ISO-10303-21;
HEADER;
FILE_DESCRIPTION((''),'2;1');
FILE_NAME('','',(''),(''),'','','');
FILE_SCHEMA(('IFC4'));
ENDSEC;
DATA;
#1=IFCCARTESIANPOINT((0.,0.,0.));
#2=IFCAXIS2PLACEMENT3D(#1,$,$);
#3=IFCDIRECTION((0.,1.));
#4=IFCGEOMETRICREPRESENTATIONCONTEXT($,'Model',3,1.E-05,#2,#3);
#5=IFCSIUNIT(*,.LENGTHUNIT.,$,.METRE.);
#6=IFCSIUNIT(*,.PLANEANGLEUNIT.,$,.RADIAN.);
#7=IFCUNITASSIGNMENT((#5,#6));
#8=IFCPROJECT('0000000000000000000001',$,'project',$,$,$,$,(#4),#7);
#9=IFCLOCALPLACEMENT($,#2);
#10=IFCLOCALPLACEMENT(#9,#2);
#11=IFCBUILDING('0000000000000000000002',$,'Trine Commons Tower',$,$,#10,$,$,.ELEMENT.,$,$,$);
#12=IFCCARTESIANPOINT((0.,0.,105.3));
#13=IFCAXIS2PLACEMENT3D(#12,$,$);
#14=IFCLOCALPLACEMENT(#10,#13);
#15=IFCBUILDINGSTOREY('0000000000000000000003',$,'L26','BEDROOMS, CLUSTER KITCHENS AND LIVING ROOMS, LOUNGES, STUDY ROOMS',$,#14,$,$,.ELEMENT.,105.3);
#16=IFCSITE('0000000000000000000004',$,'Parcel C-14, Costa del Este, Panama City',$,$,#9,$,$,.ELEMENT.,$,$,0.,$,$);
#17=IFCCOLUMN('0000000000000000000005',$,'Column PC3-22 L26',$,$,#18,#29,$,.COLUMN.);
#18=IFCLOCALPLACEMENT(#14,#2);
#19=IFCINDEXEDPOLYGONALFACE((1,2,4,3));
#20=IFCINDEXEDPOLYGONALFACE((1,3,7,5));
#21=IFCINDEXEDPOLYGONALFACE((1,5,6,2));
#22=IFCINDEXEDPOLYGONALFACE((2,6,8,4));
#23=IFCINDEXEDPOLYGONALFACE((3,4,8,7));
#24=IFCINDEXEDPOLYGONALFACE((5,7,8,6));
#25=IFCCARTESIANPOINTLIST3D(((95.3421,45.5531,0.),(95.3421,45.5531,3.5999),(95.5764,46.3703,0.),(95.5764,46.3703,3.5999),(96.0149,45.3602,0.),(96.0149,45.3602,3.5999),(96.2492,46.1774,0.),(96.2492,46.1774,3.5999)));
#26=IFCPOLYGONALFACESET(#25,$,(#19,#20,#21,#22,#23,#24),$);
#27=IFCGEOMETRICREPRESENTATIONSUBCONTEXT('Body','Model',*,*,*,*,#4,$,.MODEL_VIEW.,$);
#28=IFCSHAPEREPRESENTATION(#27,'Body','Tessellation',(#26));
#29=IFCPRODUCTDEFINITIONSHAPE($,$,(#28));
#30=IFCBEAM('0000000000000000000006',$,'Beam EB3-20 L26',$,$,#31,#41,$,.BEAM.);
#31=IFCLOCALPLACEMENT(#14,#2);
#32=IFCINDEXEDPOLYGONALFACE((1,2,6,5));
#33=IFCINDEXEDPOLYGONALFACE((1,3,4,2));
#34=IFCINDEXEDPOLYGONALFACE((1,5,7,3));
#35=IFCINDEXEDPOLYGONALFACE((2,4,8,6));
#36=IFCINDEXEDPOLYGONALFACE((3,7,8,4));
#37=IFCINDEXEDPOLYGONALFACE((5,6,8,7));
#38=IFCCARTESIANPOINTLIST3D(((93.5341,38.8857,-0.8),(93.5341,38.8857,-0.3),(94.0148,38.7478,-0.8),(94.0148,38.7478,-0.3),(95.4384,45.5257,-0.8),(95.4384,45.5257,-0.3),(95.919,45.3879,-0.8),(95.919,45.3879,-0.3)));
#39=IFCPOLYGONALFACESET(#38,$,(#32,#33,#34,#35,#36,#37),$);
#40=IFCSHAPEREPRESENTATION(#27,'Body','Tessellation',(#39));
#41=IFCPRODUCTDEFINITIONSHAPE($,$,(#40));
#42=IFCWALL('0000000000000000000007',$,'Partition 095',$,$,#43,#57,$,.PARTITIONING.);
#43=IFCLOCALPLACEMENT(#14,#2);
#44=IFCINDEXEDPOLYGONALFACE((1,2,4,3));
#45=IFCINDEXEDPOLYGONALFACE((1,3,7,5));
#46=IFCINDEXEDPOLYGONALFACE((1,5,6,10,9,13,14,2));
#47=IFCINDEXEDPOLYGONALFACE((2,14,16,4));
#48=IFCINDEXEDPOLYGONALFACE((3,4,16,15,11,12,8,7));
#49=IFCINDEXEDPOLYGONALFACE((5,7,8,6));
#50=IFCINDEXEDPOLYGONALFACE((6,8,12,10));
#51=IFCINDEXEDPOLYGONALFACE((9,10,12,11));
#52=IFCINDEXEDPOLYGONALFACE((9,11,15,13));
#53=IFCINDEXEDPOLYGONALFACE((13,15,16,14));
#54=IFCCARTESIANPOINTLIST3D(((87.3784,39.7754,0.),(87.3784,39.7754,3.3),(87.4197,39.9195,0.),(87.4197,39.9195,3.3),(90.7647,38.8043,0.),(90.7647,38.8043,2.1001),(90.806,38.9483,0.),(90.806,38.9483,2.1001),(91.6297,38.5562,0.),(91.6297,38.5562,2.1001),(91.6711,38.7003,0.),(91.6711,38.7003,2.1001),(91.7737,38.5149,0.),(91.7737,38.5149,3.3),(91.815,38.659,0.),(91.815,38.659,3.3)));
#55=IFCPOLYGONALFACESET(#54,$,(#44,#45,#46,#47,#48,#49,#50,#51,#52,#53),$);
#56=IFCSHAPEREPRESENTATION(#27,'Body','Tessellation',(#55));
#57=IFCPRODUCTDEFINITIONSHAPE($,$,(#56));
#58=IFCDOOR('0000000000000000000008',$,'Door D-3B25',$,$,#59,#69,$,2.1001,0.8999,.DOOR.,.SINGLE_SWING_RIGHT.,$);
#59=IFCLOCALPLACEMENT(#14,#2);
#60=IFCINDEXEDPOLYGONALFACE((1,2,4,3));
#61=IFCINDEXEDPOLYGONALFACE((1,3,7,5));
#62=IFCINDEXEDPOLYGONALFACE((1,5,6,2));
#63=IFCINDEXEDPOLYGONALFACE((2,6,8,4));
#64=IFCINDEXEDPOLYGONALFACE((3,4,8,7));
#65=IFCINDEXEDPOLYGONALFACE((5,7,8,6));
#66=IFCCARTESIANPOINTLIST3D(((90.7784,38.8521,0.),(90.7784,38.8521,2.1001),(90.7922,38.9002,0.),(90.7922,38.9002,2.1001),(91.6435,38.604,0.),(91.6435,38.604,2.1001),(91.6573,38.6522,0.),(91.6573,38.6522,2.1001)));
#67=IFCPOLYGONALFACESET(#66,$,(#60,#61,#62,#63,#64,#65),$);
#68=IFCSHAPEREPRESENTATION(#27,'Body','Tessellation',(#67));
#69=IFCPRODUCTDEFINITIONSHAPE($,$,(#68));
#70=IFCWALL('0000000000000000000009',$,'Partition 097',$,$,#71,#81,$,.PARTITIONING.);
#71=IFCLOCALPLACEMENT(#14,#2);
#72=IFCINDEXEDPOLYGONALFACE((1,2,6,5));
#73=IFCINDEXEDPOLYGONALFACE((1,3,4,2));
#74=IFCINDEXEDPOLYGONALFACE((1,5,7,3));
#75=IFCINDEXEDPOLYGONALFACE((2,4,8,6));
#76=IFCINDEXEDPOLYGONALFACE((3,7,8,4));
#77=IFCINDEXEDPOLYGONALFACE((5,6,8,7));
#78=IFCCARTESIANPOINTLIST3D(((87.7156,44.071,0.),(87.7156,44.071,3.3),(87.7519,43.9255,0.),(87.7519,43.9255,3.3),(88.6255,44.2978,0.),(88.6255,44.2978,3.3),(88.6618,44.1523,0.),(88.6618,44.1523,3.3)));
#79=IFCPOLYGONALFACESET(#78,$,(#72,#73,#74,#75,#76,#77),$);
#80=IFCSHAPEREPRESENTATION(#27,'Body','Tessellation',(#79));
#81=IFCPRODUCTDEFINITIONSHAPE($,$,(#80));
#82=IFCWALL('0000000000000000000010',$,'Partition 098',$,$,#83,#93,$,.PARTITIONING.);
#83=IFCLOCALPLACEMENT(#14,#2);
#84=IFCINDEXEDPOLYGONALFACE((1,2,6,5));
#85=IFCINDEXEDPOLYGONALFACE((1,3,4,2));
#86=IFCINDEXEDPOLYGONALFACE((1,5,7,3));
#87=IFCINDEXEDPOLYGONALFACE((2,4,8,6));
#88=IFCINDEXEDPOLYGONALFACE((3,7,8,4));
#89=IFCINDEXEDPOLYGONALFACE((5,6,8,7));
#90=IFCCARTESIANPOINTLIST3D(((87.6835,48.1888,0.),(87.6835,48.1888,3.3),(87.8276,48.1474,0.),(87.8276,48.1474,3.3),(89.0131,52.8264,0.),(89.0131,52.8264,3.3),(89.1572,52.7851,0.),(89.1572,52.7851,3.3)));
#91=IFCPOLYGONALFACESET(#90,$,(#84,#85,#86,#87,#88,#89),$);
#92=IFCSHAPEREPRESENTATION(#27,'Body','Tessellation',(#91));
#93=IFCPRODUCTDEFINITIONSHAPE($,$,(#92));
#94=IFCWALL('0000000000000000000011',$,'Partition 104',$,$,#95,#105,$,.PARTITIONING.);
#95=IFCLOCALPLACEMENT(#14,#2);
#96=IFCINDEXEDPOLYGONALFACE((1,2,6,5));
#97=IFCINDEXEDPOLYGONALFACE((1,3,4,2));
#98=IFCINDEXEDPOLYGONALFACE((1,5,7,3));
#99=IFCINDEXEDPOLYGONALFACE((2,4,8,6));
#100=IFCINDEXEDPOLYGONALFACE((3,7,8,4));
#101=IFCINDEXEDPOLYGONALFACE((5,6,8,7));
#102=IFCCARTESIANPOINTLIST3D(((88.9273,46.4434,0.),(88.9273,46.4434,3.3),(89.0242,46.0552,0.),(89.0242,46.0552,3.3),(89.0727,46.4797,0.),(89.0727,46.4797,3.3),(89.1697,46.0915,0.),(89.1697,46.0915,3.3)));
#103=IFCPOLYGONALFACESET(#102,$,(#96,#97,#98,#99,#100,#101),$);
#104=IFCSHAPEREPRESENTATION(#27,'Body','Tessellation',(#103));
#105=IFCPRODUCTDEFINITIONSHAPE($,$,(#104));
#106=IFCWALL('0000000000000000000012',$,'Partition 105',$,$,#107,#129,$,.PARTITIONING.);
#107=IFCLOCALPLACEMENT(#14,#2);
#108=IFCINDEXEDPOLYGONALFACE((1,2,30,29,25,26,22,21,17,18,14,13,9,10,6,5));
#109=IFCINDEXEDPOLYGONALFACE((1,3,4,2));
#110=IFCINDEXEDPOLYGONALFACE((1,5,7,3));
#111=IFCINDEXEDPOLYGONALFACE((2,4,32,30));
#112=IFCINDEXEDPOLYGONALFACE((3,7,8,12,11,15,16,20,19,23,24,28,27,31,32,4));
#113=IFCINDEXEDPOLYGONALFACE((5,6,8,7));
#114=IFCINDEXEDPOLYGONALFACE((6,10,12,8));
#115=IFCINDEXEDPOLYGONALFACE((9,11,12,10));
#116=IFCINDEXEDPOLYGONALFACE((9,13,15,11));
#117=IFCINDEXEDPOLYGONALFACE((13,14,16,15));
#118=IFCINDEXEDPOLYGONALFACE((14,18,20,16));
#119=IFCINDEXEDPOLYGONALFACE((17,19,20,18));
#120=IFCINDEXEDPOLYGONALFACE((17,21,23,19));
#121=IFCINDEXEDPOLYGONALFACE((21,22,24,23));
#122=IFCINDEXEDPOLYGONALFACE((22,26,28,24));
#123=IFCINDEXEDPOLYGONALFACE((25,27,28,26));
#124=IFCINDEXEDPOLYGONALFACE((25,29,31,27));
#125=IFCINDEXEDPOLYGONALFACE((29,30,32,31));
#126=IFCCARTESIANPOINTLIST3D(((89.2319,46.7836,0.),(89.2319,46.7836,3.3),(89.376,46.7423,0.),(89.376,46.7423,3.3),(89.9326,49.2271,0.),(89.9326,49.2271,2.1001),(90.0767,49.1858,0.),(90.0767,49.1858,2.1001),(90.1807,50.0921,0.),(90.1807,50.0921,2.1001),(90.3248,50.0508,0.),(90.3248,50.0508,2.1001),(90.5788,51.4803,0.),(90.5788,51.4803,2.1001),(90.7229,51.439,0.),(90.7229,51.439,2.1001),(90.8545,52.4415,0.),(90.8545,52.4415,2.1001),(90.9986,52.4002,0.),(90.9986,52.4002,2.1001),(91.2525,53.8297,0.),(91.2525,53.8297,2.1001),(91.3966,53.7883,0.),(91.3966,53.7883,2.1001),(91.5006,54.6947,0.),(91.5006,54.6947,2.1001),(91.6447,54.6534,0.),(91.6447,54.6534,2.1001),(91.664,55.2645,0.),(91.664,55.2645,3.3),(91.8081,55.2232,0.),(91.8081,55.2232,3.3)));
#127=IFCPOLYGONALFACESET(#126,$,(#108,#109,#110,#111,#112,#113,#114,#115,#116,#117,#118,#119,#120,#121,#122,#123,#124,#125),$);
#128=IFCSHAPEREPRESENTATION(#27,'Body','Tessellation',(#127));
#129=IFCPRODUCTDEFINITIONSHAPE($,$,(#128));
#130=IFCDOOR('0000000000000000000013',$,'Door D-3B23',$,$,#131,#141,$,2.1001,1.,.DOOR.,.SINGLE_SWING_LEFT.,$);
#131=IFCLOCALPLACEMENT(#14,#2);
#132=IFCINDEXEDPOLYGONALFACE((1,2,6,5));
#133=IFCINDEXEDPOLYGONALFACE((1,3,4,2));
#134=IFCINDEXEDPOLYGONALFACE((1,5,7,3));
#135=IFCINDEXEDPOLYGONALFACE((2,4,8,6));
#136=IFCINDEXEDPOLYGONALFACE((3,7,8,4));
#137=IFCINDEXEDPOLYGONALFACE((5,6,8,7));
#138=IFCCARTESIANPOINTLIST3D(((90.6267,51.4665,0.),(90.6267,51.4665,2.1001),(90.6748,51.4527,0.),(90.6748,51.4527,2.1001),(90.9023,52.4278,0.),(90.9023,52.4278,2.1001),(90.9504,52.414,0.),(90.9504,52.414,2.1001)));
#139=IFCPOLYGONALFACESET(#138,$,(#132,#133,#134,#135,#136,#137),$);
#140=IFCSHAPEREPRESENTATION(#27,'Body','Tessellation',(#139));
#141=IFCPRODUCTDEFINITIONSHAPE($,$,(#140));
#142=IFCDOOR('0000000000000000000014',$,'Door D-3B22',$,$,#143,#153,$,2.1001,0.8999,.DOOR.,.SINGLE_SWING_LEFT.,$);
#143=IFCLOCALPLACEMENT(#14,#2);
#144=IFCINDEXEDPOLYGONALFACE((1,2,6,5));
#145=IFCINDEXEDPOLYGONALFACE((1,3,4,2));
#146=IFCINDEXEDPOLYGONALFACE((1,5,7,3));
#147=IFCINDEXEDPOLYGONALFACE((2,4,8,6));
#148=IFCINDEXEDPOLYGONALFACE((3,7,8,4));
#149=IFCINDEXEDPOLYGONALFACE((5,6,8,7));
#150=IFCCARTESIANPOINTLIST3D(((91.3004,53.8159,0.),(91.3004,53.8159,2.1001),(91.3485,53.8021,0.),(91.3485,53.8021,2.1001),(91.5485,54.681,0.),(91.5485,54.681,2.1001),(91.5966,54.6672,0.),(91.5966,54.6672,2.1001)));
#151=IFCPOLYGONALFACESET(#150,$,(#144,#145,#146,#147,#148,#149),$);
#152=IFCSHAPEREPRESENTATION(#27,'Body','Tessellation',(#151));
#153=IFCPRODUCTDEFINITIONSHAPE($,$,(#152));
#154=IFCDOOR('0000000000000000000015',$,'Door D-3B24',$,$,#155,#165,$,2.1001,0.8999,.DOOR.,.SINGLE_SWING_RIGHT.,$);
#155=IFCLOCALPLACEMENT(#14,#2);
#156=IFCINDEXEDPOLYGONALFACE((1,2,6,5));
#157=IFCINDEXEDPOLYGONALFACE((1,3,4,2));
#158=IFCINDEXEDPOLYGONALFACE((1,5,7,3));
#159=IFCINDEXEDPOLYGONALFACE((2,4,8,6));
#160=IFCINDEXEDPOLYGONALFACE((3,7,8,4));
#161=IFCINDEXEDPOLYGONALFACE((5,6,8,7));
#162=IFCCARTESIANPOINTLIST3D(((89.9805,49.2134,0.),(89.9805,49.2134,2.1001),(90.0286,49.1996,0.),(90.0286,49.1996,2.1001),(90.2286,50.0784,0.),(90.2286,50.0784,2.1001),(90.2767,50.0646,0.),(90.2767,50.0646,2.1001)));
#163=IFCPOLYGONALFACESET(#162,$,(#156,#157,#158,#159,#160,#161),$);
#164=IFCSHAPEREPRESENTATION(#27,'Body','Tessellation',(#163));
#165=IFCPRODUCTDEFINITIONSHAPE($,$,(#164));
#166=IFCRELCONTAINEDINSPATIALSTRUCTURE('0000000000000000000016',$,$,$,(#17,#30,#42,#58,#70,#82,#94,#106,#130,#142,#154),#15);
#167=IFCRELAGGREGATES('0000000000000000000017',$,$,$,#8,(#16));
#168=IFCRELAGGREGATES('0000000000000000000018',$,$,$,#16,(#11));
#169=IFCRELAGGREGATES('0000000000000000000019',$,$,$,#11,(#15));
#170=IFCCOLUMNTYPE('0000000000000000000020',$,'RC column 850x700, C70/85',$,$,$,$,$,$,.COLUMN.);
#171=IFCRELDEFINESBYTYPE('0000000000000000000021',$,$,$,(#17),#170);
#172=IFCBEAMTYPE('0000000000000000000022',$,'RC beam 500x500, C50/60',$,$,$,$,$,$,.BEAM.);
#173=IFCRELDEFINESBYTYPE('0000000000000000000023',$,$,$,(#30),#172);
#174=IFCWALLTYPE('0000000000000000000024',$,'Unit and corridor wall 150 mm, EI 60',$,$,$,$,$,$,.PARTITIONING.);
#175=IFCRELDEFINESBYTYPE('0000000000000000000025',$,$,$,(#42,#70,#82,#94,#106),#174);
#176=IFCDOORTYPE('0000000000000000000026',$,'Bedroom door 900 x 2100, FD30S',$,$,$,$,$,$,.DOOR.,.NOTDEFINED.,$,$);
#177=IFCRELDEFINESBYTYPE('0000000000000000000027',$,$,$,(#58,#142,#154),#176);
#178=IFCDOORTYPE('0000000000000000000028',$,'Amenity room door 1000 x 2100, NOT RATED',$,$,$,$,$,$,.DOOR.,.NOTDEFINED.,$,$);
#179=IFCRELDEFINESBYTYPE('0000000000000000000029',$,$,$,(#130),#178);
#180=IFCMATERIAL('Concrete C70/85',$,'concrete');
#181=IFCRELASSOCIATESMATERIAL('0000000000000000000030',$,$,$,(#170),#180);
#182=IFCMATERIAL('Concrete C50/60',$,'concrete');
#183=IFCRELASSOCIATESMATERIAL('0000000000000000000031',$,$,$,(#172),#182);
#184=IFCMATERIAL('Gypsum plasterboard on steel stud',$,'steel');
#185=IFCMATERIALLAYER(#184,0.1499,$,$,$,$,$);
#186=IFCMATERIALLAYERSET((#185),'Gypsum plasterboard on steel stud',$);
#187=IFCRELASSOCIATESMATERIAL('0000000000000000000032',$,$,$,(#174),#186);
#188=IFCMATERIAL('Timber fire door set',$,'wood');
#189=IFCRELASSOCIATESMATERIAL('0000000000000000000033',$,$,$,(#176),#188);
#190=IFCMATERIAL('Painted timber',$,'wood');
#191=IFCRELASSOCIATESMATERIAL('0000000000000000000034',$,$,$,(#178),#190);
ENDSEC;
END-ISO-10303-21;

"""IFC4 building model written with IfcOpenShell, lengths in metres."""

from ifc_helpers import new_model, si_unit, direction, frame, frame_2d, origin, origin_2d, place, context, subcontext, project, spatial, rectangle, extrude, material, layer, layer_set, material_profile, profile_set, type_object, element, fill, save


model = new_model("IFC4")

# Units and contexts
model_context = context("Model", 3, precision=1e-05, world=origin(), true_north=direction((0.0, 1.0)))
body_context = subcontext(model_context, "Body", "Model", "MODEL_VIEW")
ifc_project = project(units=[si_unit("LENGTHUNIT", "METRE"), si_unit("PLANEANGLEUNIT", "RADIAN")], contexts=[model_context])

# Site, building, storey
site_placement = place(None, origin())
site = spatial("IfcSite", under=ifc_project, at=site_placement, Name="Parcel C-14, Costa del Este, Panama City", CompositionType="ELEMENT", RefElevation=0.0)
building_placement = place(site_placement, origin())
building = spatial("IfcBuilding", under=site, at=building_placement, Name="Trine Commons Tower", CompositionType="ELEMENT")
storey_placement = place(building_placement, frame((0.0, 0.0, 105.3)))
storey = spatial("IfcBuildingStorey", under=building, at=storey_placement, Name="L26", Description="BEDROOMS, CLUSTER KITCHENS AND LIVING ROOMS, LOUNGES, STUDY ROOMS", CompositionType="ELEMENT", Elevation=105.3)

# Column
ifc_material_1 = material(Name="Concrete C70/85", Category="concrete")
ifc_material_profile_1 = material_profile(ifc_material_1, rectangle(XDim=0.8501, YDim=0.7, at=origin_2d()), Name="RC 850x700")
ifc_profile_set_1 = profile_set([ifc_material_profile_1], Name="Concrete C70/85")
column_type = type_object("IfcColumnType", Name="RC column 850x700, C70/85", PredefinedType="COLUMN", material=ifc_profile_set_1)
column_placement = place(storey_placement, frame((95.7957, 45.8652, 0.0), z_axis=(0.0, 0.0, 1.0), x_axis=(0.275637, 0.961262, 0.0)))
element("IfcColumn", 1, at=column_placement, inside=storey, type_object=column_type, Name="Column PC3-22 L26", PredefinedType="COLUMN", context=body_context, shape_type="SweptSolid", body=[
    extrude(rectangle(XDim=0.8501, YDim=0.7, at=origin_2d()), origin(), (0.0, 0.0, 1.0), 3.5999),
])

# Beam
ifc_material_2 = material(Name="Concrete C50/60", Category="concrete")
ifc_material_profile_2 = material_profile(ifc_material_2, rectangle(XDim=0.5, YDim=0.5, at=origin_2d()), Name="RC 500x500")
ifc_profile_set_2 = profile_set([ifc_material_profile_2], Name="Concrete C50/60")
beam_type = type_object("IfcBeamType", Name="RC beam 500x500, C50/60", PredefinedType="BEAM", material=ifc_profile_set_2)
beam_placement = place(storey_placement, frame((95.6787, 45.4568, -0.55), z_axis=(-0.275673, -0.961251, 0.0), x_axis=(0.961251, -0.275673, 0.0)))
element("IfcBeam", 2, at=beam_placement, inside=storey, type_object=beam_type, Name="Beam EB3-20 L26", PredefinedType="BEAM", context=body_context, shape_type="SweptSolid", body=[
    extrude(rectangle(XDim=0.5, YDim=0.5, at=origin_2d()), origin(), (0.0, 0.0, 1.0), 6.9077),
])

# Wall, opening, door
ifc_material_3 = material(Name="Gypsum plasterboard on steel stud", Category="steel")
ifc_layer_1 = layer(ifc_material_3, 0.1499)
ifc_layer_set_1 = layer_set([ifc_layer_1], Name="Gypsum plasterboard on steel stud")
wall_type_1 = type_object("IfcWallType", Name="Unit and corridor wall 150 mm, EI 60", PredefinedType="PARTITIONING", material=ifc_layer_set_1)
wall_1_placement = place(storey_placement, frame((87.3992, 39.8474, 0.0), z_axis=(0.0, 0.0, 1.0), x_axis=(0.961251, -0.275673, 0.0)))
wall_1 = element("IfcWall", 3, at=wall_1_placement, inside=storey, type_object=wall_type_1, Name="Partition 095", PredefinedType="PARTITIONING", context=body_context, shape_type="SweptSolid", body=[
    extrude(rectangle(XDim=4.5725, YDim=0.1499, at=frame_2d((2.2861, 0.0))), origin(), (0.0, 0.0, 1.0), 3.3),
])
opening_1_placement = place(wall_1_placement, frame((3.5227, 0.0, 0.0)))
opening_1 = element("IfcOpeningElement", 4, at=opening_1_placement, cuts=wall_1, PredefinedType="OPENING", context=body_context, shape_type="SweptSolid", body=[
    extrude(rectangle(XDim=0.8999, YDim=2.1001, at=frame_2d((0.45, 1.05))), frame((0.0, 0.085, 0.0), z_axis=(0.0, -1.0, 0.0), x_axis=(1.0, 0.0, 0.0)), (0.0, 0.0, 1.0), 0.1699),
])
ifc_material_4 = material(Name="Timber fire door set", Category="wood")
door_type_1 = type_object("IfcDoorType", Name="Bedroom door 900 x 2100, FD30S", OperationType="NOTDEFINED", PredefinedType="DOOR", material=ifc_material_4)
door_1_placement = place(opening_1_placement, origin())
door_1 = element("IfcDoor", 5, at=door_1_placement, inside=storey, type_object=door_type_1, Name="Door D-3B25", OperationType="SINGLE_SWING_RIGHT", OverallHeight=2.1001, OverallWidth=0.8999, PredefinedType="DOOR", context=body_context, shape_type="SweptSolid", body=[
    extrude(rectangle(XDim=0.8999, YDim=2.1001, at=frame_2d((0.45, 1.05))), frame((0.0, 0.0249, 0.0), z_axis=(0.0, -1.0, 0.0), x_axis=(1.0, 0.0, 0.0)), (0.0, 0.0, 1.0), 0.05),
])
fill(opening_1, door_1)

# Walls
wall_2_placement = place(storey_placement, frame((87.7339, 43.9983, 0.0), z_axis=(0.0, 0.0, 1.0), x_axis=(0.970311, 0.241862, 0.0)))
element("IfcWall", 6, at=wall_2_placement, inside=storey, type_object=wall_type_1, Name="Partition 097", PredefinedType="PARTITIONING", context=body_context, shape_type="SweptSolid", body=[
    extrude(rectangle(XDim=0.9377, YDim=0.1499, at=frame_2d((0.4688, 0.0))), origin(), (0.0, 0.0, 1.0), 3.3),
])
wall_3_placement = place(storey_placement, frame((87.7556, 48.1682, 0.0), z_axis=(0.0, 0.0, 1.0), x_axis=(0.27559, 0.961275, 0.0)))
element("IfcWall", 7, at=wall_3_placement, inside=storey, type_object=wall_type_1, Name="Partition 098", PredefinedType="PARTITIONING", context=body_context, shape_type="SweptSolid", body=[
    extrude(rectangle(XDim=4.8245, YDim=0.1499, at=frame_2d((2.4121, 0.0))), origin(), (0.0, 0.0, 1.0), 3.3),
])
wall_4_placement = place(storey_placement, frame((89.0, 46.4617, 0.0), z_axis=(0.0, 0.0, 1.0), x_axis=(0.242248, -0.970214, 0.0)))
element("IfcWall", 8, at=wall_4_placement, inside=storey, type_object=wall_type_1, Name="Partition 104", PredefinedType="PARTITIONING", context=body_context, shape_type="SweptSolid", body=[
    extrude(rectangle(XDim=0.4001, YDim=0.1499, at=frame_2d((0.2002, 0.0))), origin(), (0.0, 0.0, 1.0), 3.3),
])

# Wall, openings, doors
wall_5_placement = place(storey_placement, frame((89.304, 46.7629, 0.0), z_axis=(0.0, 0.0, 1.0), x_axis=(0.275664, 0.961254, 0.0)))
wall_5 = element("IfcWall", 9, at=wall_5_placement, inside=storey, type_object=wall_type_1, Name="Partition 105", PredefinedType="PARTITIONING", context=body_context, shape_type="SweptSolid", body=[
    extrude(rectangle(XDim=8.8228, YDim=0.1499, at=frame_2d((4.4114, 0.0))), origin(), (0.0, 0.0, 1.0), 3.3),
])
opening_2_placement = place(wall_5_placement, frame((7.3301, 0.0, 0.0)))
opening_2 = element("IfcOpeningElement", 10, at=opening_2_placement, cuts=wall_5, PredefinedType="OPENING", context=body_context, shape_type="SweptSolid", body=[
    extrude(rectangle(XDim=0.8999, YDim=2.1001, at=frame_2d((0.45, 1.05))), frame((0.0, 0.085, 0.0), z_axis=(0.0, -1.0, 0.0), x_axis=(1.0, 0.0, 0.0)), (0.0, 0.0, 1.0), 0.1699),
])
opening_3_placement = place(wall_5_placement, frame((4.886, 0.0, 0.0)))
opening_3 = element("IfcOpeningElement", 11, at=opening_3_placement, cuts=wall_5, PredefinedType="OPENING", context=body_context, shape_type="SweptSolid", body=[
    extrude(rectangle(XDim=1.0, YDim=2.1001, at=frame_2d((0.5, 1.05))), frame((0.0, 0.085, 0.0), z_axis=(0.0, -1.0, 0.0), x_axis=(1.0, 0.0, 0.0)), (0.0, 0.0, 1.0), 0.1699),
])
opening_4_placement = place(wall_5_placement, frame((2.542, 0.0, 0.0)))
opening_4 = element("IfcOpeningElement", 12, at=opening_4_placement, cuts=wall_5, PredefinedType="OPENING", context=body_context, shape_type="SweptSolid", body=[
    extrude(rectangle(XDim=0.8999, YDim=2.1001, at=frame_2d((0.45, 1.05))), frame((0.0, 0.085, 0.0), z_axis=(0.0, -1.0, 0.0), x_axis=(1.0, 0.0, 0.0)), (0.0, 0.0, 1.0), 0.1699),
])
ifc_material_5 = material(Name="Painted timber", Category="wood")
door_type_2 = type_object("IfcDoorType", Name="Amenity room door 1000 x 2100, NOT RATED", OperationType="NOTDEFINED", PredefinedType="DOOR", material=ifc_material_5)
door_2_placement = place(opening_3_placement, frame((1.0, 0.0, 0.0), z_axis=(0.0, 0.0, 1.0), x_axis=(-1.0, 0.0, 0.0)))
door_2 = element("IfcDoor", 13, at=door_2_placement, inside=storey, type_object=door_type_2, Name="Door D-3B23", OperationType="SINGLE_SWING_LEFT", OverallHeight=2.1001, OverallWidth=1.0, PredefinedType="DOOR", context=body_context, shape_type="SweptSolid", body=[
    extrude(rectangle(XDim=1.0, YDim=2.1001, at=frame_2d((0.5, 1.05))), frame((0.0, 0.0249, 0.0), z_axis=(0.0, -1.0, 0.0), x_axis=(1.0, 0.0, 0.0)), (0.0, 0.0, 1.0), 0.05),
])
fill(opening_3, door_2)
door_3_placement = place(opening_2_placement, frame((0.8999, 0.0, 0.0), z_axis=(0.0, 0.0, 1.0), x_axis=(-1.0, 0.0, 0.0)))
door_3 = element("IfcDoor", 14, at=door_3_placement, inside=storey, type_object=door_type_1, Name="Door D-3B22", OperationType="SINGLE_SWING_LEFT", OverallHeight=2.1001, OverallWidth=0.8999, PredefinedType="DOOR", context=body_context, shape_type="SweptSolid", body=[
    extrude(rectangle(XDim=0.8999, YDim=2.1001, at=frame_2d((0.45, 1.05))), frame((0.0, 0.0249, 0.0), z_axis=(0.0, -1.0, 0.0), x_axis=(1.0, 0.0, 0.0)), (0.0, 0.0, 1.0), 0.05),
])
fill(opening_2, door_3)
door_4_placement = place(opening_4_placement, frame((0.8999, 0.0, 0.0), z_axis=(0.0, 0.0, 1.0), x_axis=(-1.0, 0.0, 0.0)))
door_4 = element("IfcDoor", 15, at=door_4_placement, inside=storey, type_object=door_type_1, Name="Door D-3B24", OperationType="SINGLE_SWING_RIGHT", OverallHeight=2.1001, OverallWidth=0.8999, PredefinedType="DOOR", context=body_context, shape_type="SweptSolid", body=[
    extrude(rectangle(XDim=0.8999, YDim=2.1001, at=frame_2d((0.45, 1.05))), frame((0.0, 0.0249, 0.0), z_axis=(0.0, -1.0, 0.0), x_axis=(1.0, 0.0, 0.0)), (0.0, 0.0, 1.0), 0.05),
])
fill(opening_4, door_4)

save(model, "model.ifc")
